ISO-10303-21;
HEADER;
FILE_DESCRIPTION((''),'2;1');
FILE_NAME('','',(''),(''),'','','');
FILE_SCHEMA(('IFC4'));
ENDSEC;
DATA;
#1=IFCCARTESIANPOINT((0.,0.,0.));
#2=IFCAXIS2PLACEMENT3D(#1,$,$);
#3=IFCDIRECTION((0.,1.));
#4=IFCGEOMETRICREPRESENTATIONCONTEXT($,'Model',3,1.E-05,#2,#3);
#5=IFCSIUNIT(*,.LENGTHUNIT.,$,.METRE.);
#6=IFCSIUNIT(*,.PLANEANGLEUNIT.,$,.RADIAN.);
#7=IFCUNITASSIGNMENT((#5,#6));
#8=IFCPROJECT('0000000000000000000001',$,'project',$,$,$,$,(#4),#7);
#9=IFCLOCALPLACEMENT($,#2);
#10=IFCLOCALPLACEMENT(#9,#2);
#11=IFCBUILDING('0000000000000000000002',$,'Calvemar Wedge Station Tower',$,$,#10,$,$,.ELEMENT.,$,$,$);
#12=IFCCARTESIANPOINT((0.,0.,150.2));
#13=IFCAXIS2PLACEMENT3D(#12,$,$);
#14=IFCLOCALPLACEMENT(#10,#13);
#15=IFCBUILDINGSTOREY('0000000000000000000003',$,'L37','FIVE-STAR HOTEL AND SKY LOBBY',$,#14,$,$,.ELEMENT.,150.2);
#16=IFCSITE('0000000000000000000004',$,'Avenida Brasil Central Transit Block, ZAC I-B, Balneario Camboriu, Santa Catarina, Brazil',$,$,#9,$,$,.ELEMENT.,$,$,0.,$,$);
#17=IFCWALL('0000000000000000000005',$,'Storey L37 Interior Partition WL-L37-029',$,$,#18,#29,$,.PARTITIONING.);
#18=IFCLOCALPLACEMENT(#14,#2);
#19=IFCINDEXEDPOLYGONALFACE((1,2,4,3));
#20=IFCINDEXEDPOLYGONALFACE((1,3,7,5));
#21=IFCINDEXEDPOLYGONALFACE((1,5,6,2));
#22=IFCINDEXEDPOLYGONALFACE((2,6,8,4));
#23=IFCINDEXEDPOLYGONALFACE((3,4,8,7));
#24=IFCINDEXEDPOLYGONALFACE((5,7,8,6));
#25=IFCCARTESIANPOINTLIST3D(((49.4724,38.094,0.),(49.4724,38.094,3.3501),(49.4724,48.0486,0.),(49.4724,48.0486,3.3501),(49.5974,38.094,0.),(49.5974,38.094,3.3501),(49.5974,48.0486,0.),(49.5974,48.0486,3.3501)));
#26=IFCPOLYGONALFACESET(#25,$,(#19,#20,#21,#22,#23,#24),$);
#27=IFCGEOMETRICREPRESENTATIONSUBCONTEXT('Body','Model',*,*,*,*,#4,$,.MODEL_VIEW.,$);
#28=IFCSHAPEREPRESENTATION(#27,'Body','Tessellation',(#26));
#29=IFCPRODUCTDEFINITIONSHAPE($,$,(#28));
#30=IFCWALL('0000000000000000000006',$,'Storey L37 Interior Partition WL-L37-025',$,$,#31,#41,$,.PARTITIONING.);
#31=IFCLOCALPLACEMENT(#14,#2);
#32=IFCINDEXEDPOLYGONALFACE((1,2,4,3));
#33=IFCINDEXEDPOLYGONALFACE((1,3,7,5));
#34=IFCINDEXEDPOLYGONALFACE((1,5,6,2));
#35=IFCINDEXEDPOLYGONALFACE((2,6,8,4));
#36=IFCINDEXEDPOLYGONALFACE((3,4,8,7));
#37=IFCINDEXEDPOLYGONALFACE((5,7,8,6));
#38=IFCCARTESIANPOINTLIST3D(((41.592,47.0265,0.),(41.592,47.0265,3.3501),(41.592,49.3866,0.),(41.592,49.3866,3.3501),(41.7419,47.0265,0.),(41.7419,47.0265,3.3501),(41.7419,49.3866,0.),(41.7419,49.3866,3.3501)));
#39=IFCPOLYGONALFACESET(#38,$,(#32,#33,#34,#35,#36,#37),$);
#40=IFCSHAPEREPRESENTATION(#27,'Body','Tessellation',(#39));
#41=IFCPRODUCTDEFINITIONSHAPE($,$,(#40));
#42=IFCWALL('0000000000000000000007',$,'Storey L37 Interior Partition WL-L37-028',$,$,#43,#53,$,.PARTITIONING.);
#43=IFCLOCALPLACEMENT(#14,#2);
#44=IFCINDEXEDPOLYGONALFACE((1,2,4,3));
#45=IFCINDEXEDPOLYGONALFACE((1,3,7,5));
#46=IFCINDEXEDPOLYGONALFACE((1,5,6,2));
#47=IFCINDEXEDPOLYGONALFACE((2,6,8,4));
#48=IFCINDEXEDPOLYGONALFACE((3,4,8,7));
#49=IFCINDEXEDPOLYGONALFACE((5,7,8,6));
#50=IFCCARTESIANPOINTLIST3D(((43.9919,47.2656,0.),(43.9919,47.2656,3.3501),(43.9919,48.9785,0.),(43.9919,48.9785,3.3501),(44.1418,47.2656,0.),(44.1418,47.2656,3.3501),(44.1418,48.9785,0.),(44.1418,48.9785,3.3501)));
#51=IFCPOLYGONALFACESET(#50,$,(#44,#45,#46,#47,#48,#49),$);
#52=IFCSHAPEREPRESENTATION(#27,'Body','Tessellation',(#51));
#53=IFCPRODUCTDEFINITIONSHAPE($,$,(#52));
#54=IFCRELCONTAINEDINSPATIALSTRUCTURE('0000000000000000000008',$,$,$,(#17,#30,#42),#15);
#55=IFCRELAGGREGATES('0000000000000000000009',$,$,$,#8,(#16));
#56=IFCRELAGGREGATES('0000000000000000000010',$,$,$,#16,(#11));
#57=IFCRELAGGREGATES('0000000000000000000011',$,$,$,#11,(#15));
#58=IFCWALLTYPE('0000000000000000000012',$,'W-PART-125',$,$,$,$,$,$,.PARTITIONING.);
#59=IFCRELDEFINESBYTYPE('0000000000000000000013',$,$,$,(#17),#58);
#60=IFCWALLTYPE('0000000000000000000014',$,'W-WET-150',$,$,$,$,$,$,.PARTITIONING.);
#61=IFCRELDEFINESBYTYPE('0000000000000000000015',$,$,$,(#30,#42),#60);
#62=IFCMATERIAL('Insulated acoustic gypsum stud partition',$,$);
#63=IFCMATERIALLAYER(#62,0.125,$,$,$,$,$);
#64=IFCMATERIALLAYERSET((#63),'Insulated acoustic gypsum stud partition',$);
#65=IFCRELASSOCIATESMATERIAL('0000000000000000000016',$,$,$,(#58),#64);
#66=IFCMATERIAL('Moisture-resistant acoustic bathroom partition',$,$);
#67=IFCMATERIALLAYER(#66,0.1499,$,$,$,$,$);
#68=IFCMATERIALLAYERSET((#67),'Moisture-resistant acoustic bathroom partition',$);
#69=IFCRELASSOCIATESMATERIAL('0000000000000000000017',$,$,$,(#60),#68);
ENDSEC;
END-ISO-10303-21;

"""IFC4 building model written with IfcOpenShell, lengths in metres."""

from ifc_helpers import new_model, si_unit, direction, frame, frame_2d, origin, place, context, subcontext, project, spatial, rectangle, extrude, material, layer, layer_set, type_object, element, save


model = new_model("IFC4")

# Units and contexts
model_context = context("Model", 3, precision=1e-05, world=origin(), true_north=direction((0.0, 1.0)))
body_context = subcontext(model_context, "Body", "Model", "MODEL_VIEW")
ifc_project = project(units=[si_unit("LENGTHUNIT", "METRE"), si_unit("PLANEANGLEUNIT", "RADIAN")], contexts=[model_context])

# Site, building, storey
site_placement = place(None, origin())
site = spatial("IfcSite", under=ifc_project, at=site_placement, Name="Avenida Brasil Central Transit Block, ZAC I-B, Balneario Camboriu, Santa Catarina, Brazil", CompositionType="ELEMENT", RefElevation=0.0)
building_placement = place(site_placement, origin())
building = spatial("IfcBuilding", under=site, at=building_placement, Name="Calvemar Wedge Station Tower", CompositionType="ELEMENT")
storey_placement = place(building_placement, frame((0.0, 0.0, 150.2)))
storey = spatial("IfcBuildingStorey", under=building, at=storey_placement, Name="L37", Description="FIVE-STAR HOTEL AND SKY LOBBY", CompositionType="ELEMENT", Elevation=150.2)

# Walls
ifc_material_1 = material(Name="Insulated acoustic gypsum stud partition")
ifc_layer_1 = layer(ifc_material_1, 0.125)
ifc_layer_set_1 = layer_set([ifc_layer_1], Name="Insulated acoustic gypsum stud partition")
wall_type_1 = type_object("IfcWallType", Name="W-PART-125", PredefinedType="PARTITIONING", material=ifc_layer_set_1)
wall_1_placement = place(storey_placement, frame((49.5349, 48.0486, 0.0), z_axis=(0.0, 0.0, 1.0), x_axis=(0.0, -1.0, 0.0)))
element("IfcWall", 1, at=wall_1_placement, inside=storey, type_object=wall_type_1, Name="Storey L37 Interior Partition WL-L37-029", PredefinedType="PARTITIONING", context=body_context, shape_type="SweptSolid", body=[
    extrude(rectangle(XDim=9.9546, YDim=0.125, at=frame_2d((4.9773, 0.0))), origin(), (0.0, 0.0, 1.0), 3.3501),
])
ifc_material_2 = material(Name="Moisture-resistant acoustic bathroom partition")
ifc_layer_2 = layer(ifc_material_2, 0.1499)
ifc_layer_set_2 = layer_set([ifc_layer_2], Name="Moisture-resistant acoustic bathroom partition")
wall_type_2 = type_object("IfcWallType", Name="W-WET-150", PredefinedType="PARTITIONING", material=ifc_layer_set_2)
wall_2_placement = place(storey_placement, frame((41.667, 49.3867, 0.0), z_axis=(0.0, 0.0, 1.0), x_axis=(0.0, -1.0, 0.0)))
element("IfcWall", 2, at=wall_2_placement, inside=storey, type_object=wall_type_2, Name="Storey L37 Interior Partition WL-L37-025", PredefinedType="PARTITIONING", context=body_context, shape_type="SweptSolid", body=[
    extrude(rectangle(XDim=2.3601, YDim=0.1499, at=frame_2d((1.1802, 0.0))), origin(), (0.0, 0.0, 1.0), 3.3501),
])

# Wall
wall_3_placement = place(storey_placement, frame((44.0669, 48.9785, 0.0), z_axis=(0.0, 0.0, 1.0), x_axis=(0.0, -1.0, 0.0)))
element("IfcWall", 3, at=wall_3_placement, inside=storey, type_object=wall_type_2, Name="Storey L37 Interior Partition WL-L37-028", PredefinedType="PARTITIONING", context=body_context, shape_type="SweptSolid", body=[
    extrude(rectangle(XDim=1.7129, YDim=0.1499, at=frame_2d((0.8564, 0.0))), origin(), (0.0, 0.0, 1.0), 3.3501),
])

save(model, "model.ifc")
